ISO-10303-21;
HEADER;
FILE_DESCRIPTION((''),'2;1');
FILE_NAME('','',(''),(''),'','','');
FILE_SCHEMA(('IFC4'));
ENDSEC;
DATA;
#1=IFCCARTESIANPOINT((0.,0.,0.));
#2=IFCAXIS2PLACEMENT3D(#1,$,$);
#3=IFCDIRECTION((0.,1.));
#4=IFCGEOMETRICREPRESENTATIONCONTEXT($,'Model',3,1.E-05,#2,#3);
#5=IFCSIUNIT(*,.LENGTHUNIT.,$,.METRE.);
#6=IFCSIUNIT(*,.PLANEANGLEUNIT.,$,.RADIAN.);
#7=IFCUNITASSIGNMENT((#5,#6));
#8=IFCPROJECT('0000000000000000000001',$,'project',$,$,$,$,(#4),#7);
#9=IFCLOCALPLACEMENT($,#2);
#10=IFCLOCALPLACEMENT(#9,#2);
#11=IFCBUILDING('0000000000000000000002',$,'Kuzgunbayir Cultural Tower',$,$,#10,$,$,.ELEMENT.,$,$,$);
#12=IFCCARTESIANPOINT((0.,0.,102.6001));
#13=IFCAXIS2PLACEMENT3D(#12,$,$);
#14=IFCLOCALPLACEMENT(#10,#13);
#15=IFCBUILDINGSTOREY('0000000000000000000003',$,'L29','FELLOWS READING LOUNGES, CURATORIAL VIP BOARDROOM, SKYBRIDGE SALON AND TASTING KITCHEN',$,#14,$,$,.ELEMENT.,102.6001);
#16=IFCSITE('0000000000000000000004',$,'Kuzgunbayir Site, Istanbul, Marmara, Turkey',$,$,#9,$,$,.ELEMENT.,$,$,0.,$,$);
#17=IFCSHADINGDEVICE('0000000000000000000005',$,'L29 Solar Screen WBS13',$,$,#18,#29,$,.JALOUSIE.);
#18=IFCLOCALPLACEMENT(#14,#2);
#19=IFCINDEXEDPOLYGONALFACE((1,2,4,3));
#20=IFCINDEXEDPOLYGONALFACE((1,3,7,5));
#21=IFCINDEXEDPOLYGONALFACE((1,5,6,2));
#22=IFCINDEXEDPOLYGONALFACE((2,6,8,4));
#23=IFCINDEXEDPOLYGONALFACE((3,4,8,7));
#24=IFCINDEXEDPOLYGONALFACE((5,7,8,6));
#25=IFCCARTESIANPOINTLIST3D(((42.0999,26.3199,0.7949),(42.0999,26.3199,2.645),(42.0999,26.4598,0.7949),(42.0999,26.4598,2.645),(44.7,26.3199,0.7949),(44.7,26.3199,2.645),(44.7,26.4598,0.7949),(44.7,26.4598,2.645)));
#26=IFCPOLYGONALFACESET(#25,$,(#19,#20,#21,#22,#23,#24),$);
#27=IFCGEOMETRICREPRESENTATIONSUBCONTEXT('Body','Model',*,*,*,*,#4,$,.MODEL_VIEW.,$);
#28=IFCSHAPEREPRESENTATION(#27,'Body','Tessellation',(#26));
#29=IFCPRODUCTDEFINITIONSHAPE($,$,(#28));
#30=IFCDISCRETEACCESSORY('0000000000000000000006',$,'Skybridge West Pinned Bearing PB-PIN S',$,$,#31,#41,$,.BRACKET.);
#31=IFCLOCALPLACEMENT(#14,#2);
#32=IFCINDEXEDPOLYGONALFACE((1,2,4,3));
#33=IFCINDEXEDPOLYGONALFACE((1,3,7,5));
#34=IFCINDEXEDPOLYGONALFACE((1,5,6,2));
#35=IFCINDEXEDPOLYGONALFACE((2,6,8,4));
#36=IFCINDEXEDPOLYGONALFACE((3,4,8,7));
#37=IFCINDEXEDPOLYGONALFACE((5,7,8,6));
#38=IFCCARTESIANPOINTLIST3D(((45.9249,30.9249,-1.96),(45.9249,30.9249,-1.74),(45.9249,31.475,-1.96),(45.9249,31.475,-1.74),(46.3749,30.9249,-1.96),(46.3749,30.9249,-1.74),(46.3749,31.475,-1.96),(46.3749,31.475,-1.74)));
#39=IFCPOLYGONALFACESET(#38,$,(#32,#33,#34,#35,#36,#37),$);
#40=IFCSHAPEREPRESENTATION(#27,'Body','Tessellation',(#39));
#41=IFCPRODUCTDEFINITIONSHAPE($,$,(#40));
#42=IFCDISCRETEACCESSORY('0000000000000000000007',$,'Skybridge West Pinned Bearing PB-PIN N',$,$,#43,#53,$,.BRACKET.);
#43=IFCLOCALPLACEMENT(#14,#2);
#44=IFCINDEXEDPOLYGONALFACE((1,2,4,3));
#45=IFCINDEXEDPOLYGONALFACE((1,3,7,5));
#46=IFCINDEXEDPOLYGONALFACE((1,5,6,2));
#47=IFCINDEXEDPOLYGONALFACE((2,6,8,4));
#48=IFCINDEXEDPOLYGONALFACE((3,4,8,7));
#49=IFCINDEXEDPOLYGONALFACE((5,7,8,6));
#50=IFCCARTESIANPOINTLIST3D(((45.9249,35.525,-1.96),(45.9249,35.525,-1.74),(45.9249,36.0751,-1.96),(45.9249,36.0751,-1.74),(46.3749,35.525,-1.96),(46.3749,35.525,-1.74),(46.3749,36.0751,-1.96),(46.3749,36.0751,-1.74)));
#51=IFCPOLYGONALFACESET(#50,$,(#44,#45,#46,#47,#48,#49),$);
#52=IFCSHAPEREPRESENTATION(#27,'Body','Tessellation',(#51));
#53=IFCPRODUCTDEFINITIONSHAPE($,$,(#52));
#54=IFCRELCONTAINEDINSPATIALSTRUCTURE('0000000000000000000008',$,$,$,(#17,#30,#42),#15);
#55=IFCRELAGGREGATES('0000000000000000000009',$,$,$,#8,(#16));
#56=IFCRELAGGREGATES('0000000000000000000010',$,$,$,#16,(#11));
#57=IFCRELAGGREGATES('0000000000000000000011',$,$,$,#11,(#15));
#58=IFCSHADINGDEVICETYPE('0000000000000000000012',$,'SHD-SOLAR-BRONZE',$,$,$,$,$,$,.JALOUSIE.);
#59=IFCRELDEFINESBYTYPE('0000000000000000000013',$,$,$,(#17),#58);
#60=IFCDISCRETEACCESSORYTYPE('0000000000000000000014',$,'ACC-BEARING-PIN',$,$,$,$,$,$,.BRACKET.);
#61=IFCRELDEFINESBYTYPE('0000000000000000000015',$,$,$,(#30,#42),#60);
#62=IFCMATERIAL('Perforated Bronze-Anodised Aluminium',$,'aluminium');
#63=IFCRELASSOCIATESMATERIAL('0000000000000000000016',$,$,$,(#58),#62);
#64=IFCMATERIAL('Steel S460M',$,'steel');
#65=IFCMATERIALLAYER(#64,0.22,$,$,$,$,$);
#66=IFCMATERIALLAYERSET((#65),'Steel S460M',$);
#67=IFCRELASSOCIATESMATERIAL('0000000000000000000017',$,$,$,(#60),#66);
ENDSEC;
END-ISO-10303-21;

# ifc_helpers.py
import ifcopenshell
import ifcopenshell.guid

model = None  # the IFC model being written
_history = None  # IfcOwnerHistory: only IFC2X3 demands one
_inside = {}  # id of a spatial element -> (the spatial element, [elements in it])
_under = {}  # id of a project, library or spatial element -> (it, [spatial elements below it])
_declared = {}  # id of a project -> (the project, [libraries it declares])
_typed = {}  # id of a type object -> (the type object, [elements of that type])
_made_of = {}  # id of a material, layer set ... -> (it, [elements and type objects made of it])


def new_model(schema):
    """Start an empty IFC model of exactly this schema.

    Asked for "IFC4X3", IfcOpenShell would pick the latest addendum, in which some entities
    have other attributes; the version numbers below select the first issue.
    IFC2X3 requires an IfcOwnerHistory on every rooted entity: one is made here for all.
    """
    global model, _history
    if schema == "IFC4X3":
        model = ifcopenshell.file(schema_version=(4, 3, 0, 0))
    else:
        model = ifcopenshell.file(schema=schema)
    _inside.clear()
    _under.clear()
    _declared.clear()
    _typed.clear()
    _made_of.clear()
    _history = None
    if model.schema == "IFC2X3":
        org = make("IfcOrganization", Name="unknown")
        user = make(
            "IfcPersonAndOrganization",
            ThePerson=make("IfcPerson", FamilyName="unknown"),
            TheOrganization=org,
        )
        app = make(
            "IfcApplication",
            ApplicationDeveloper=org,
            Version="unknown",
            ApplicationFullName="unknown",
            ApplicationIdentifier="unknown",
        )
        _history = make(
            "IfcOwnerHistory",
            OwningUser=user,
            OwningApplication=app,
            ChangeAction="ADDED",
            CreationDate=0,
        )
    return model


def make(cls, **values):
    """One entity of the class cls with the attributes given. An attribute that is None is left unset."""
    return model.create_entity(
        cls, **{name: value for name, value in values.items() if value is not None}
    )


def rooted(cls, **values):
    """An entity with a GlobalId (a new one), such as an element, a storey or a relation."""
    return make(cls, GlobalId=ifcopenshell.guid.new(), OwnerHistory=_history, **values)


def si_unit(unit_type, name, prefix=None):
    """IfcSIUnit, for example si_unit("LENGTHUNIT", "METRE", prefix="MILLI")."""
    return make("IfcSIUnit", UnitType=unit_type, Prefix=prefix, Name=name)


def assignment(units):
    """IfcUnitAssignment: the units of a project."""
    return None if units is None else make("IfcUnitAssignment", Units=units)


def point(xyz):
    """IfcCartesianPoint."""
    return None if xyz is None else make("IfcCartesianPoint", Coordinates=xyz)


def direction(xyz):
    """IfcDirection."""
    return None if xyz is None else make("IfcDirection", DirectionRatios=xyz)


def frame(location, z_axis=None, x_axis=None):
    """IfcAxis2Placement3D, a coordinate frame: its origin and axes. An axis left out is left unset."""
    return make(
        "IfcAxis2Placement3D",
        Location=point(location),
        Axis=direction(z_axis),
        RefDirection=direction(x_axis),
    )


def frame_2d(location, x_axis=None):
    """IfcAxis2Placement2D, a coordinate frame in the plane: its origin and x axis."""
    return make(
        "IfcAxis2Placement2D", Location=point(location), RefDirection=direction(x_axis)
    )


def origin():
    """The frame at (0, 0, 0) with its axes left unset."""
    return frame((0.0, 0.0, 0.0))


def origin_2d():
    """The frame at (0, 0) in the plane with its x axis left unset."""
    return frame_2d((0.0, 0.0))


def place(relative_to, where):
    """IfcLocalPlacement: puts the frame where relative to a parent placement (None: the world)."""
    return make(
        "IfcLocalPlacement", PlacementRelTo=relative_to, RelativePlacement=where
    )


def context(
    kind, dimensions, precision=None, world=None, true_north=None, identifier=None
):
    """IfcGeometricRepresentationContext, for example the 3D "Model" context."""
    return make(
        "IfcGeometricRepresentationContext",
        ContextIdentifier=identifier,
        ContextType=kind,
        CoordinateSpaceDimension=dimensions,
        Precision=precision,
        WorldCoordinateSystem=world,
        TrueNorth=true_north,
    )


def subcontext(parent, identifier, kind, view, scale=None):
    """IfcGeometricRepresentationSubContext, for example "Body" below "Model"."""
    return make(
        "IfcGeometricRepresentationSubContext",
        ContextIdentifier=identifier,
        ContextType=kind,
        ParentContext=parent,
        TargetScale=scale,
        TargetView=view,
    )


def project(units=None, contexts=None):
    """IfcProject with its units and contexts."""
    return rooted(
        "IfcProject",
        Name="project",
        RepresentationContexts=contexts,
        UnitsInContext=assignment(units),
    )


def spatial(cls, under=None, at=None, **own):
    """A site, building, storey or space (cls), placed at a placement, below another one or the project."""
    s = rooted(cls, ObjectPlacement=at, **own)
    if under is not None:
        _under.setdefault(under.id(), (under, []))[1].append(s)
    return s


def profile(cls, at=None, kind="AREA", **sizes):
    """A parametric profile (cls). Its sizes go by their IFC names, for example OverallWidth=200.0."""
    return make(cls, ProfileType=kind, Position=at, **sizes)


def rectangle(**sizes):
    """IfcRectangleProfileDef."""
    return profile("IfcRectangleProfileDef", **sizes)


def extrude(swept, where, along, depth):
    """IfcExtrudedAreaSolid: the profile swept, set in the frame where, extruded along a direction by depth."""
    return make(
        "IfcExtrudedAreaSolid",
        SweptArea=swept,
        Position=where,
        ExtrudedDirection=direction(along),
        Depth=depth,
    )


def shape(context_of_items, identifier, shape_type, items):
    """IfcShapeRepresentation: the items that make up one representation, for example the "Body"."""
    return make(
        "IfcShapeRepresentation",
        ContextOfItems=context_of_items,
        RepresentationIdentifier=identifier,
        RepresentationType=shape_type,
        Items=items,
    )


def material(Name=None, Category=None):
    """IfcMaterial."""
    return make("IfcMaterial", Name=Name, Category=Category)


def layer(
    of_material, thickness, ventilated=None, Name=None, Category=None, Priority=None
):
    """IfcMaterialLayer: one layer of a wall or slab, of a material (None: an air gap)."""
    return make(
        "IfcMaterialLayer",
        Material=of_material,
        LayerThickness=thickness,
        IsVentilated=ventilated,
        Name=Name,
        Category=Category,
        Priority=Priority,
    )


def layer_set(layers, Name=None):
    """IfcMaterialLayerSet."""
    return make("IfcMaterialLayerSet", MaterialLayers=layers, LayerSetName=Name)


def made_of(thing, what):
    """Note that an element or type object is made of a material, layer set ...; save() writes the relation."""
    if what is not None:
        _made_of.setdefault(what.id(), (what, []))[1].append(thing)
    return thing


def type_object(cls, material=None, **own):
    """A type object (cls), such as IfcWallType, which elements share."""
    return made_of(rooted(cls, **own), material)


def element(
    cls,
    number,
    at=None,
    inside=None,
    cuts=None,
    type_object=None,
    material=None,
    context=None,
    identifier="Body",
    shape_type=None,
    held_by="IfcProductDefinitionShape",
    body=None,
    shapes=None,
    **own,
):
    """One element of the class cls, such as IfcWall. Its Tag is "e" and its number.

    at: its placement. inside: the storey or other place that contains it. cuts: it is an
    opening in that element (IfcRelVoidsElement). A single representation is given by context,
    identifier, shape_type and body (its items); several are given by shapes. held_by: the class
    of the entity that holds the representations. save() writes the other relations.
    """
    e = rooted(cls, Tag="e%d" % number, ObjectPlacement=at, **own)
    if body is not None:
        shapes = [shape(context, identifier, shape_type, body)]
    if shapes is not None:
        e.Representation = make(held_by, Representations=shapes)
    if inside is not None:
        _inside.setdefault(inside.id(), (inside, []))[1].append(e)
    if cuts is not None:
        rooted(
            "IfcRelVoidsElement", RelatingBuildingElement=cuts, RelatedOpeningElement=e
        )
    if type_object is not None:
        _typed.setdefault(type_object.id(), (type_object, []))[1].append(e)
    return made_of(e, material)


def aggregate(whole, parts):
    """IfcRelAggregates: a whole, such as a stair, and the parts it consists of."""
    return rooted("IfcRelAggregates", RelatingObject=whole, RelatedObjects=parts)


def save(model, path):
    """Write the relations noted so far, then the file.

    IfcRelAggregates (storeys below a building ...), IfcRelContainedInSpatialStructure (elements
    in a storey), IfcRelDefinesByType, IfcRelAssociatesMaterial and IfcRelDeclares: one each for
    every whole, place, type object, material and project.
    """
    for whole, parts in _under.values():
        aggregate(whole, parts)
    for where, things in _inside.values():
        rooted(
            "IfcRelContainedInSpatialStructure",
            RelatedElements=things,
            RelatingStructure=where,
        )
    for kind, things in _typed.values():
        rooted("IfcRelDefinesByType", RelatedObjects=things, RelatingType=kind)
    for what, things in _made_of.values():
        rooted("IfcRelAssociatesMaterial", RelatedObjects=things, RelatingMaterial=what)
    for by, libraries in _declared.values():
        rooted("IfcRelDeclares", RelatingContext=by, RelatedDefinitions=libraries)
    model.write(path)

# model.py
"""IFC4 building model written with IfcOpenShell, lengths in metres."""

from ifc_helpers import new_model, si_unit, direction, frame, origin, origin_2d, place, context, subcontext, project, spatial, rectangle, extrude, material, layer, layer_set, type_object, element, save


model = new_model("IFC4")

# Units and contexts
model_context = context("Model", 3, precision=1e-05, world=origin(), true_north=direction((0.0, 1.0)))
body_context = subcontext(model_context, "Body", "Model", "MODEL_VIEW")
ifc_project = project(units=[si_unit("LENGTHUNIT", "METRE"), si_unit("PLANEANGLEUNIT", "RADIAN")], contexts=[model_context])

# Site, building, storey
site_placement = place(None, origin())
site = spatial("IfcSite", under=ifc_project, at=site_placement, Name="Kuzgunbayir Site, Istanbul, Marmara, Turkey", CompositionType="ELEMENT", RefElevation=0.0)
building_placement = place(site_placement, origin())
building = spatial("IfcBuilding", under=site, at=building_placement, Name="Kuzgunbayir Cultural Tower", CompositionType="ELEMENT")
storey_placement = place(building_placement, frame((0.0, 0.0, 102.6001)))
storey = spatial("IfcBuildingStorey", under=building, at=storey_placement, Name="L29", Description="FELLOWS READING LOUNGES, CURATORIAL VIP BOARDROOM, SKYBRIDGE SALON AND TASTING KITCHEN", CompositionType="ELEMENT", Elevation=102.6001)

# Shared definitions
ifc_material_1 = material(Name="Steel S460M", Category="steel")

# Shading device
ifc_material_2 = material(Name="Perforated Bronze-Anodised Aluminium", Category="aluminium")
shading_device_type = type_object("IfcShadingDeviceType", Name="SHD-SOLAR-BRONZE", PredefinedType="JALOUSIE", material=ifc_material_2)
shading_device_placement = place(storey_placement, frame((43.3999, 26.3899, 0.7949), z_axis=(0.0, 0.0, 1.0), x_axis=(1.0, 0.0, 0.0)))
element("IfcShadingDevice", 1, at=shading_device_placement, inside=storey, type_object=shading_device_type, Name="L29 Solar Screen WBS13", PredefinedType="JALOUSIE", context=body_context, shape_type="SweptSolid", body=[
    extrude(rectangle(XDim=2.6001, YDim=0.1399, at=origin_2d()), origin(), (0.0, 0.0, 1.0), 1.8501),
])

# Discrete accessories
ifc_layer_1 = layer(ifc_material_1, 0.22)
ifc_layer_set_1 = layer_set([ifc_layer_1], Name="Steel S460M")
discrete_accessory_type = type_object("IfcDiscreteAccessoryType", Name="ACC-BEARING-PIN", PredefinedType="BRACKET", material=ifc_layer_set_1)
for number, where, z_axis, x_axis, name in (
    (2, (46.1499, 31.2, -1.96), (0.0, 0.0, 1.0), (1.0, 0.0, 0.0), "Skybridge West Pinned Bearing PB-PIN S"),
    (3, (46.1499, 35.8, -1.96), (0.0, 0.0, 1.0), (1.0, 0.0, 0.0), "Skybridge West Pinned Bearing PB-PIN N"),
):
    element("IfcDiscreteAccessory", number, at=place(storey_placement, frame(where, z_axis=z_axis, x_axis=x_axis)), inside=storey, type_object=discrete_accessory_type, Name=name, PredefinedType="BRACKET", context=body_context, shape_type="SweptSolid", body=[
        extrude(rectangle(XDim=0.45, YDim=0.55, at=origin_2d()), origin(), (0.0, 0.0, 1.0), 0.22),
    ])

save(model, "model.ifc")
